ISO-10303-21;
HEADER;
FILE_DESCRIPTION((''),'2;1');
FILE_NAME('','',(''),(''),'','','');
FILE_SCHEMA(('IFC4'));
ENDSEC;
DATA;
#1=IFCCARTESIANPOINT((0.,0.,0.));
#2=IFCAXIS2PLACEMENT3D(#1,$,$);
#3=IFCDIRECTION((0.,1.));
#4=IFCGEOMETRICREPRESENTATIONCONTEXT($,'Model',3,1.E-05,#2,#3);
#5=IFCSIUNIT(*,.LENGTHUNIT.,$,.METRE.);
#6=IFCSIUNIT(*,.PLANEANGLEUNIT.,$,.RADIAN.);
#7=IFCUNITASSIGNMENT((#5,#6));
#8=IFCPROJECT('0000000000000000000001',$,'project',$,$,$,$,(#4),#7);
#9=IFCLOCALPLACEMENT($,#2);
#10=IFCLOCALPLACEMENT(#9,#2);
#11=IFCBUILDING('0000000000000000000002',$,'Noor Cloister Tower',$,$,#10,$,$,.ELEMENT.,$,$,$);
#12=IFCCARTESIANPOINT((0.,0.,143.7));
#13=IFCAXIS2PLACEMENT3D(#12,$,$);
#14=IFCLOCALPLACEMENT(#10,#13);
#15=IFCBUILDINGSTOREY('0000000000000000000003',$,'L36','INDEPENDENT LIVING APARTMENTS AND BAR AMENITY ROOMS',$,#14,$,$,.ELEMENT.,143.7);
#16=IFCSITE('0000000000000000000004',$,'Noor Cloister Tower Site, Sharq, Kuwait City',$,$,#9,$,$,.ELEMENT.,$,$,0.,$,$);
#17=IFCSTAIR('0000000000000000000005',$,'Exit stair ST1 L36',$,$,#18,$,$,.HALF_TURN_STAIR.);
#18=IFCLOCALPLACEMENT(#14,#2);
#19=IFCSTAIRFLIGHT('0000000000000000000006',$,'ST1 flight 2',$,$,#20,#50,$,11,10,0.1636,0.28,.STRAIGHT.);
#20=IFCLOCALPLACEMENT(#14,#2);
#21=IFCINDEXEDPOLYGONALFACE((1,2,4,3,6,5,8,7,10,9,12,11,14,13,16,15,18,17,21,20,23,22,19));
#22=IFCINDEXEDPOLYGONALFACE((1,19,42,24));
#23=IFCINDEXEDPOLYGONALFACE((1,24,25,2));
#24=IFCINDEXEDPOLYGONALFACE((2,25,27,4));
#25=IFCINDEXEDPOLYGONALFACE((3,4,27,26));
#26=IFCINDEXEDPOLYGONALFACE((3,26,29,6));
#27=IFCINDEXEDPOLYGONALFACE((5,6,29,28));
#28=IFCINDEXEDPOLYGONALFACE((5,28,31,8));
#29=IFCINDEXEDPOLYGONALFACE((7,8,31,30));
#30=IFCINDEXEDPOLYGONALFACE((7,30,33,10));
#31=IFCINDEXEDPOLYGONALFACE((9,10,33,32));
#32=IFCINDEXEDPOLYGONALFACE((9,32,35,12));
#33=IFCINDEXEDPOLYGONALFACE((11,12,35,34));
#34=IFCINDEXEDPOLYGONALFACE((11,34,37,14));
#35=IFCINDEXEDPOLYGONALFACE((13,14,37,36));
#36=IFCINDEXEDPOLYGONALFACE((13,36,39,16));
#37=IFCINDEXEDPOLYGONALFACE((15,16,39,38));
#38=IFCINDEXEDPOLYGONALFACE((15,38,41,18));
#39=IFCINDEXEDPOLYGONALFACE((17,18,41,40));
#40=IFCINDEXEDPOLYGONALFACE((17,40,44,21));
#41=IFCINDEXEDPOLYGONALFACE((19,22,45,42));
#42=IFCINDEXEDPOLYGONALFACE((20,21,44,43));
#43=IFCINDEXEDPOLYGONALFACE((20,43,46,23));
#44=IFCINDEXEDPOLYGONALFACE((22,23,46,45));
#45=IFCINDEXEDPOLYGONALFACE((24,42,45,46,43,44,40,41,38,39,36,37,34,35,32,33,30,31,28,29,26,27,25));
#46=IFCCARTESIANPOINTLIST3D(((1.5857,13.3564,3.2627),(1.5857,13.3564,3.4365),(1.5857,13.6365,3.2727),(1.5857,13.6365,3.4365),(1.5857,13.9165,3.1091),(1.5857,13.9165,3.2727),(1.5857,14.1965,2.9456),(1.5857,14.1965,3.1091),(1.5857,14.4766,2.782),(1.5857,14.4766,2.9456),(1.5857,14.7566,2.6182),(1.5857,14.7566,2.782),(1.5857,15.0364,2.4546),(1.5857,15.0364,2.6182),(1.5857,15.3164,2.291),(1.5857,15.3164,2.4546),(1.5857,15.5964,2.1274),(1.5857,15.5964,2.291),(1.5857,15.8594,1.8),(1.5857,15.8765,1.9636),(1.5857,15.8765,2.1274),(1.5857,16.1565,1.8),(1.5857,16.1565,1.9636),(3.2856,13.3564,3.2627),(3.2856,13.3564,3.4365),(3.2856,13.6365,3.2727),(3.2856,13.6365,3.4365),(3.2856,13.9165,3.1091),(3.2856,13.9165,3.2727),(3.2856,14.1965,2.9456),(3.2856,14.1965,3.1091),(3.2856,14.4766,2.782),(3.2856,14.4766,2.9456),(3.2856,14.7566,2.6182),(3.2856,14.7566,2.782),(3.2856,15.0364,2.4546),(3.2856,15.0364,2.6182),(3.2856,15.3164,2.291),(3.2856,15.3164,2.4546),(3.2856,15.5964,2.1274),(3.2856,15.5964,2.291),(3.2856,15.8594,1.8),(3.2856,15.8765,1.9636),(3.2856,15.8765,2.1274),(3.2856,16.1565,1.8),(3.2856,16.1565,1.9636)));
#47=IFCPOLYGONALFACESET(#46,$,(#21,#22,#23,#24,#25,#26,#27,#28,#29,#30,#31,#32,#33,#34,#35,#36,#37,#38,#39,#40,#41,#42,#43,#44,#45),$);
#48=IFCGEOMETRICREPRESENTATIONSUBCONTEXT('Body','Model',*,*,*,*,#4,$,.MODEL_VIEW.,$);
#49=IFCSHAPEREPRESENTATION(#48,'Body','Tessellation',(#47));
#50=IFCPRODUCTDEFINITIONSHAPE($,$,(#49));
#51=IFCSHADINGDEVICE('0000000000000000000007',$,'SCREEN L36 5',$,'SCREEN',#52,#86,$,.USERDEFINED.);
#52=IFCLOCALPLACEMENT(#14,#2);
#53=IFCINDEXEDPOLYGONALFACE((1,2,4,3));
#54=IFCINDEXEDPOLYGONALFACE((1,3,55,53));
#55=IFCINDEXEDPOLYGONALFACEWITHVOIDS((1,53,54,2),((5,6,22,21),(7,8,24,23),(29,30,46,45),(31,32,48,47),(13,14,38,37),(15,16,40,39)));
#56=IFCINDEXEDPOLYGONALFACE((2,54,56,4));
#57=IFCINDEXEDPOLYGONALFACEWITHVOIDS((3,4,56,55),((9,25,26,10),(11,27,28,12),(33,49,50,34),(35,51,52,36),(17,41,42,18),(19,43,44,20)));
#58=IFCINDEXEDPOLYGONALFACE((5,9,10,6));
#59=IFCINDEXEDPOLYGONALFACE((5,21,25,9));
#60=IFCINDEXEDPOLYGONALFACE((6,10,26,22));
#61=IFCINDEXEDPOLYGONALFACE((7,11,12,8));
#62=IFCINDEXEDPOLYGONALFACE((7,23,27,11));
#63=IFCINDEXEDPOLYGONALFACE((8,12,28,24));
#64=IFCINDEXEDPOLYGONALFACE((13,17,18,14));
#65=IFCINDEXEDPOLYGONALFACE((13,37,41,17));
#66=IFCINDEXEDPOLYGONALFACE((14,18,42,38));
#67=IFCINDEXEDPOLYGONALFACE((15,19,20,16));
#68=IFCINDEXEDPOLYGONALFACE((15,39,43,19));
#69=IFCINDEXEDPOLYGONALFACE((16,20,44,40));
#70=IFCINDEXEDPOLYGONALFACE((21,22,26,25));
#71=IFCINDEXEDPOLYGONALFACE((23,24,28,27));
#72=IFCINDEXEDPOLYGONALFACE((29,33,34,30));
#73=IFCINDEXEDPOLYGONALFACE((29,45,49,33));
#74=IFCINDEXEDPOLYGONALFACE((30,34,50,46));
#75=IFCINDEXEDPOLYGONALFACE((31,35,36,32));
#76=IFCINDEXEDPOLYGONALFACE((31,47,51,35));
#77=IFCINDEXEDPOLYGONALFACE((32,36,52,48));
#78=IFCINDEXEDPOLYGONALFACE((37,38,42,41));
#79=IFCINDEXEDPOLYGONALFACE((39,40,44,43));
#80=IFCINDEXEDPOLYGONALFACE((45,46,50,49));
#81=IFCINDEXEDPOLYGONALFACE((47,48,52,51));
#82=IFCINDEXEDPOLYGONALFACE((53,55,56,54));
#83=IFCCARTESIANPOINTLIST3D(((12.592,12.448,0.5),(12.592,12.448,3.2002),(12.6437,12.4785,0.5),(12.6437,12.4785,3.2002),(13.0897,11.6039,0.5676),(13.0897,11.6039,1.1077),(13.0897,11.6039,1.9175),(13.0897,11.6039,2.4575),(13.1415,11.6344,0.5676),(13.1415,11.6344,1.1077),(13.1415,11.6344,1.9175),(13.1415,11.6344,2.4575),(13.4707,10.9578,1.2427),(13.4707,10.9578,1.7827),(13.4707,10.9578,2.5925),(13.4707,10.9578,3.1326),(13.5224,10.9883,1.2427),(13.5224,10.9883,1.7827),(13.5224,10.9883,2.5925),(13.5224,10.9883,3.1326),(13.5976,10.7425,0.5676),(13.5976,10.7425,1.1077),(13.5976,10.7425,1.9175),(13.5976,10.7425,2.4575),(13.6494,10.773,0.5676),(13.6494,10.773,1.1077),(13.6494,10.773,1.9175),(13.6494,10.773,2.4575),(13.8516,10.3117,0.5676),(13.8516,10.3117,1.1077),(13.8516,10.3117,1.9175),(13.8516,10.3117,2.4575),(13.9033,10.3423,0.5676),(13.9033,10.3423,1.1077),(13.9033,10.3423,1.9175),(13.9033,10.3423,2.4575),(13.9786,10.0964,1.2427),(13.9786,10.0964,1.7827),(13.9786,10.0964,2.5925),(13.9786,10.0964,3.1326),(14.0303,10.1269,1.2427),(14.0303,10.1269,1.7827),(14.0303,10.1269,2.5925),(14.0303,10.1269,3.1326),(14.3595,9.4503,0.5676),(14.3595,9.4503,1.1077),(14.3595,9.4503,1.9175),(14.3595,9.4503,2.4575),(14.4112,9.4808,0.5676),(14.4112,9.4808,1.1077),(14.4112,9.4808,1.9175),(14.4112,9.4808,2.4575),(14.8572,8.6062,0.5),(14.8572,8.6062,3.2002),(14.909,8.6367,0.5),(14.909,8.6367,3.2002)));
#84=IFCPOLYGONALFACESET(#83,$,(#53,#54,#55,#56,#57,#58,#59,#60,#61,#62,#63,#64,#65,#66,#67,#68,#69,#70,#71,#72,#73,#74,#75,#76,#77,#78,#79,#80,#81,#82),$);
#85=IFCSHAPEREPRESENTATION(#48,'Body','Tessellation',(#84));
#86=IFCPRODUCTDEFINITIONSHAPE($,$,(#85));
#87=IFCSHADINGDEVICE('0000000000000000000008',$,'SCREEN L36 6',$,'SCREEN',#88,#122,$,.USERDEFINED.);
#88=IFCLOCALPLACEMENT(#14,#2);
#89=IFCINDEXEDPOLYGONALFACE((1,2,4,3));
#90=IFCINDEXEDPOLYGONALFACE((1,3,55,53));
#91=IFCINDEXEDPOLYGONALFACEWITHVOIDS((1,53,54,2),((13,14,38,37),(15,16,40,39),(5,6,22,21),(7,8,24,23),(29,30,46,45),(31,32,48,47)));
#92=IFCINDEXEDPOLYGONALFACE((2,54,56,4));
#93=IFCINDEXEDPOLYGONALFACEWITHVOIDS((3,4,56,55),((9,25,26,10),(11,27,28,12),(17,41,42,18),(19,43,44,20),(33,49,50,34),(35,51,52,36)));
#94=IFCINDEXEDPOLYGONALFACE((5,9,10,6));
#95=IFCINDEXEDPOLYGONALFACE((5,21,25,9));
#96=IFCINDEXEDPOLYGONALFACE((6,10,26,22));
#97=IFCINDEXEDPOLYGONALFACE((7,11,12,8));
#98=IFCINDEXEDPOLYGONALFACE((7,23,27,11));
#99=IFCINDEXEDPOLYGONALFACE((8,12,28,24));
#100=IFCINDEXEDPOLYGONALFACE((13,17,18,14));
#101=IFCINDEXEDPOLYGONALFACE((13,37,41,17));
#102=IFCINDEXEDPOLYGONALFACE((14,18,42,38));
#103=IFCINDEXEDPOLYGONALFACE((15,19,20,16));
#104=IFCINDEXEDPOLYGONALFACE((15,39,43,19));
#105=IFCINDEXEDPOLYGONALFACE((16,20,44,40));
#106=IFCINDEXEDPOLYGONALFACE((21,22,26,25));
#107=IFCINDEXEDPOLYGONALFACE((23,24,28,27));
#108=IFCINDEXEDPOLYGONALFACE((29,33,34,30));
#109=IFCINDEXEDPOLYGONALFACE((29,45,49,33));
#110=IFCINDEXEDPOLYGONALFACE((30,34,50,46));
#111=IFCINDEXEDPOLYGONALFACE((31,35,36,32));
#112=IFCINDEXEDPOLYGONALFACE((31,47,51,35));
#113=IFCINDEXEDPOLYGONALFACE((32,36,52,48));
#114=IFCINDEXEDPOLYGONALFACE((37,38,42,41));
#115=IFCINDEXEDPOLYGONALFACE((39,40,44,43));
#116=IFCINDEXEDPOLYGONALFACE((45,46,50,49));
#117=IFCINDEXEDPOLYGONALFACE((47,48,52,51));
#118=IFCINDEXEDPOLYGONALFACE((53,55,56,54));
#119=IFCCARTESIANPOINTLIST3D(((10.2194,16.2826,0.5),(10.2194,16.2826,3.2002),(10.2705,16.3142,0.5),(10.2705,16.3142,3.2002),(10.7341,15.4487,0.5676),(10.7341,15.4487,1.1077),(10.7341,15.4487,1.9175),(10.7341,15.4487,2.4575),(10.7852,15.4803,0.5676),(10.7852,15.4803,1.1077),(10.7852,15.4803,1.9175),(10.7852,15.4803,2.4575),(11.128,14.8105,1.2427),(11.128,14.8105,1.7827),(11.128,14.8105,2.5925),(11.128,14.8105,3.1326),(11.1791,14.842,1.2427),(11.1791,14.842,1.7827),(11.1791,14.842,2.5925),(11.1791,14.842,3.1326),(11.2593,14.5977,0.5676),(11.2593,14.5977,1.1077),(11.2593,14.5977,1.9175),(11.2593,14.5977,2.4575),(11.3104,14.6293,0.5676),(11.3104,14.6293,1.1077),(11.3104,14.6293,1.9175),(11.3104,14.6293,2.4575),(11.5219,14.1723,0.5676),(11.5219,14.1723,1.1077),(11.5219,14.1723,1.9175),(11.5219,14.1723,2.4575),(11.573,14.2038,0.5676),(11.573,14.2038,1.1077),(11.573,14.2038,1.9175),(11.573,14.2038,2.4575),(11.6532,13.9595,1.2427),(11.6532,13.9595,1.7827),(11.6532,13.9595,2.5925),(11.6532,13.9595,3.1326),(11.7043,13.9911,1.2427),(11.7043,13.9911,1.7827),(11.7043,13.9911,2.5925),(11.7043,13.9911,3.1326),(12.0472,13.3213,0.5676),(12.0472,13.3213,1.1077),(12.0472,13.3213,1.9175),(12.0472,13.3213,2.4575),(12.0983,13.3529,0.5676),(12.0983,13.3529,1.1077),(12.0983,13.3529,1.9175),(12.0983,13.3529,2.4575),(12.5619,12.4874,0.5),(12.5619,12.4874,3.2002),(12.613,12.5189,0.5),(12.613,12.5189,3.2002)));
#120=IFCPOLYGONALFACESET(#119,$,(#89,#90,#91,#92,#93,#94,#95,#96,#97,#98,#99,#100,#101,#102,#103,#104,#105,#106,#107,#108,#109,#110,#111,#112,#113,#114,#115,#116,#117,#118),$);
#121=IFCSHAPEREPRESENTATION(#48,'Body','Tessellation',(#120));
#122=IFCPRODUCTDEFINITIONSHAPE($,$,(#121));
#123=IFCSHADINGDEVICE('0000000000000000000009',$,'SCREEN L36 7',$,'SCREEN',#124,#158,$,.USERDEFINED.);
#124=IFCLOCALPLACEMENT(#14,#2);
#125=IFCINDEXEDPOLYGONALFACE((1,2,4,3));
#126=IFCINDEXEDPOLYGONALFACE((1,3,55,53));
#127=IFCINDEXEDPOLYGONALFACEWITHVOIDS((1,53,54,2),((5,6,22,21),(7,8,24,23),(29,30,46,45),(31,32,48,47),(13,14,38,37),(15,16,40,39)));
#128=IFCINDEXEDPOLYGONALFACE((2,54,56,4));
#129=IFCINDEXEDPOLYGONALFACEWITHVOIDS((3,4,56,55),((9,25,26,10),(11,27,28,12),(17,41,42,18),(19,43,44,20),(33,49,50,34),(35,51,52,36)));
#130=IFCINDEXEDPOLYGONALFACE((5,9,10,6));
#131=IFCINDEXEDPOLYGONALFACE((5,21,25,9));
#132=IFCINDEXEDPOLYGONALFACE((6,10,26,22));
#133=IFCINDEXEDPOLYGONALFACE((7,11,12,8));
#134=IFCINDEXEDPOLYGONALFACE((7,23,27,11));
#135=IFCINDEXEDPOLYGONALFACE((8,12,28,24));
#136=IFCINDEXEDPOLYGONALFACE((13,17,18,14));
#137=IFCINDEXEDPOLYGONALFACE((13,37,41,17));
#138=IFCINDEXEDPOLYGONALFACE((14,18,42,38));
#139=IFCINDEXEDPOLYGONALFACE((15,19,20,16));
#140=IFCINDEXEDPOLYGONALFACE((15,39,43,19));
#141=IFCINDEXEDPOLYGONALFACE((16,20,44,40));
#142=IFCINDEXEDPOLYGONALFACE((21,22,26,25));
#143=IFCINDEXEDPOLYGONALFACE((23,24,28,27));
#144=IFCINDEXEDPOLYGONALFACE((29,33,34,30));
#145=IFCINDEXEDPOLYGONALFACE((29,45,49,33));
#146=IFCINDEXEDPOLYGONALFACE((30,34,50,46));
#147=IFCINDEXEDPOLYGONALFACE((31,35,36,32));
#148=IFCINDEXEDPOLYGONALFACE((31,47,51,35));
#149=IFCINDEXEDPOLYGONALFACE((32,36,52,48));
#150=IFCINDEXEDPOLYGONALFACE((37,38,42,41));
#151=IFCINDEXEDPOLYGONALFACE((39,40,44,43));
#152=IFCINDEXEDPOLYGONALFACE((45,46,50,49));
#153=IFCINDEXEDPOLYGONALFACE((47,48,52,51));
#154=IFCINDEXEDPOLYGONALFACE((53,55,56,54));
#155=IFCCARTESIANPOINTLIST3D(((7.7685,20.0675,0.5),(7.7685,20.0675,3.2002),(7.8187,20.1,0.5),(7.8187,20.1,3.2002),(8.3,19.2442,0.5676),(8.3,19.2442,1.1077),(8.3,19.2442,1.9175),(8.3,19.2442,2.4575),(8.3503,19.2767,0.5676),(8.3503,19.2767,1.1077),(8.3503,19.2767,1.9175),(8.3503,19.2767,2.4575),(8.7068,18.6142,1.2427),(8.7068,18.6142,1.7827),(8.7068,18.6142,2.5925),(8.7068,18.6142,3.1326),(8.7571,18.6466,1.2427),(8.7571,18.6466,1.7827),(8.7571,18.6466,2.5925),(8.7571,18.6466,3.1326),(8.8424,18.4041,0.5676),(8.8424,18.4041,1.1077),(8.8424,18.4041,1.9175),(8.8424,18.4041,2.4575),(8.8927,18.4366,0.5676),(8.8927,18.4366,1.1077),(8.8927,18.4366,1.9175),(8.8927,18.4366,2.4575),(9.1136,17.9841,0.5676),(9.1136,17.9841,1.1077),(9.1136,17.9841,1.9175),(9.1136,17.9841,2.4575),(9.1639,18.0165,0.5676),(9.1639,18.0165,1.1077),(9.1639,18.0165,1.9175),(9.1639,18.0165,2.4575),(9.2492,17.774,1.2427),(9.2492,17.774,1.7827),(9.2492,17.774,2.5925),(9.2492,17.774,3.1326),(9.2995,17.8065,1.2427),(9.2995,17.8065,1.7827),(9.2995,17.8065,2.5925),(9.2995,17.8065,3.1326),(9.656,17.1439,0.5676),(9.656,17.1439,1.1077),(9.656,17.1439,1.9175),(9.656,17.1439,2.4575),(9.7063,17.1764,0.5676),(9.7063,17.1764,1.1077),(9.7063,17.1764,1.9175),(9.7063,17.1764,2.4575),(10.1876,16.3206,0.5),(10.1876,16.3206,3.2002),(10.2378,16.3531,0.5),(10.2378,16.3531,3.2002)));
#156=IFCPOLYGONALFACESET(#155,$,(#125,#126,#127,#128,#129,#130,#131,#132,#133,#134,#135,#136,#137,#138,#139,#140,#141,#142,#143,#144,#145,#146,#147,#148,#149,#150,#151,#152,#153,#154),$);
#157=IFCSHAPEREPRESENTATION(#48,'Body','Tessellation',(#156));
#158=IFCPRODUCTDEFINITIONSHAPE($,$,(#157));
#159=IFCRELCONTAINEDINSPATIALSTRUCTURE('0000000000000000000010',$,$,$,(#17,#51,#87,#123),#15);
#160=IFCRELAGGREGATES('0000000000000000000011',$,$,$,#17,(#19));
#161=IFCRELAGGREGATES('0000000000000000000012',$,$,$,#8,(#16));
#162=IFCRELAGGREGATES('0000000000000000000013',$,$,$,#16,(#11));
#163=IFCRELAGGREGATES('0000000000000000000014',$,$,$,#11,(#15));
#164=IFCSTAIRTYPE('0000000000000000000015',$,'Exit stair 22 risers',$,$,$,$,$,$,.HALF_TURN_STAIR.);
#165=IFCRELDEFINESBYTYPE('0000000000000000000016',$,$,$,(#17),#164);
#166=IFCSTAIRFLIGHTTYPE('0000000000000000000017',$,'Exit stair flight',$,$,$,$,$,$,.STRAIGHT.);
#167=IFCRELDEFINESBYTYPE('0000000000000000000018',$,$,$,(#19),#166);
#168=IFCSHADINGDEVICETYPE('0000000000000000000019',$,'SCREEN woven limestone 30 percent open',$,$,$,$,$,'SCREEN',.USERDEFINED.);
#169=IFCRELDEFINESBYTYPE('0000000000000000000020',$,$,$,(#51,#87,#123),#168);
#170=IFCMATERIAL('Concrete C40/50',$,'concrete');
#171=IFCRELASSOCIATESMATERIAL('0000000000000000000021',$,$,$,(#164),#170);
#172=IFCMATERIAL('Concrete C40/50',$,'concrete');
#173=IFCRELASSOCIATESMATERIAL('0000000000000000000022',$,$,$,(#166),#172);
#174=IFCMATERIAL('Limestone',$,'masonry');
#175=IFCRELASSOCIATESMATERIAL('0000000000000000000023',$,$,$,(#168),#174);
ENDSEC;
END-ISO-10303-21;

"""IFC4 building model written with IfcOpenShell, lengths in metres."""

from ifc_helpers import new_model, si_unit, direction, frame, origin, place, context, subcontext, project, spatial, polyline, outline, extrude, material, material_profile, profile_set, type_object, element, aggregate, save


model = new_model("IFC4")

# Units and contexts
model_context = context("Model", 3, precision=1e-05, world=origin(), true_north=direction((0.0, 1.0)))
body_context = subcontext(model_context, "Body", "Model", "MODEL_VIEW")
ifc_project = project(units=[si_unit("LENGTHUNIT", "METRE"), si_unit("PLANEANGLEUNIT", "RADIAN")], contexts=[model_context])

# Site, building, storey
site_placement = place(None, origin())
site = spatial("IfcSite", under=ifc_project, at=site_placement, Name="Noor Cloister Tower Site, Sharq, Kuwait City", CompositionType="ELEMENT", RefElevation=0.0)
building_placement = place(site_placement, origin())
building = spatial("IfcBuilding", under=site, at=building_placement, Name="Noor Cloister Tower", CompositionType="ELEMENT")
storey_placement = place(building_placement, frame((0.0, 0.0, 143.7)))
storey = spatial("IfcBuildingStorey", under=building, at=storey_placement, Name="L36", Description="INDEPENDENT LIVING APARTMENTS AND BAR AMENITY ROOMS", CompositionType="ELEMENT", Elevation=143.7)

# Stair, stair flight
ifc_material_1 = material(Name="Concrete C40/50", Category="concrete")
stair_type = type_object("IfcStairType", Name="Exit stair 22 risers", PredefinedType="HALF_TURN_STAIR", material=ifc_material_1)
stair_placement = place(storey_placement, origin())
stair = element("IfcStair", 1, at=stair_placement, inside=storey, type_object=stair_type, Name="Exit stair ST1 L36", PredefinedType="HALF_TURN_STAIR")
ifc_material_2 = material(Name="Concrete C40/50", Category="concrete")
stair_flight_type = type_object("IfcStairFlightType", Name="Exit stair flight", PredefinedType="STRAIGHT", material=ifc_material_2)
stair_flight_1_placement = place(storey_placement, frame((2.4355, 16.1565, 1.8), z_axis=(0.0, 0.0, 1.0), x_axis=(0.0, -1.0, 0.0)))
stair_flight_1 = element("IfcStairFlight", 2, at=stair_flight_1_placement, type_object=stair_flight_type, Name="ST1 flight 2", NumberOfRisers=11, NumberOfTreads=10, PredefinedType="STRAIGHT", RiserHeight=0.1636, TreadLength=0.28, context=body_context, shape_type="SweptSolid", body=[
    extrude(outline(polyline([(0.0, 0.0), (0.0, 0.1636), (0.28, 0.1636), (0.28, 0.3274), (0.5601, 0.3274), (0.5601, 0.491), (0.8401, 0.491), (0.8401, 0.6545), (1.1201, 0.6545), (1.1201, 0.8181), (1.3999, 0.8181), (1.3999, 0.9819), (1.6799, 0.9819), (1.6799, 1.1455), (1.96, 1.1455), (1.96, 1.3091), (2.24, 1.3091), (2.24, 1.4727), (2.52, 1.4727), (2.52, 1.6365), (2.8, 1.6365), (2.8, 1.8), (2.8, 1.4626), (0.2971, 0.0), (0.0, 0.0)])), frame((0.0, 0.8501, 0.0), z_axis=(0.0, -1.0, 0.0), x_axis=(1.0, 0.0, 0.0)), (0.0, 0.0, 1.0), 1.7),
])
aggregate(stair, [stair_flight_1])

# Shading devices
ifc_material_3 = material(Name="Limestone", Category="masonry")
ifc_material_profile_1 = material_profile(ifc_material_3, outline(polyline([(-2.23, -1.3501), (2.23, -1.3501), (2.23, 1.3501), (-2.23, 1.3501), (-2.23, -1.3501)]), holes=[polyline([(-1.25, -1.2825), (-0.25, -1.2825), (-0.25, -0.7424), (-1.25, -0.7424), (-1.25, -1.2825)]), polyline([(0.25, -1.2825), (1.25, -1.2825), (1.25, -0.7424), (0.25, -0.7424), (0.25, -1.2825)]), polyline([(-0.5, -0.6074), (0.5, -0.6074), (0.5, -0.0674), (-0.5, -0.0674), (-0.5, -0.6074)]), polyline([(-1.25, 0.0674), (-0.25, 0.0674), (-0.25, 0.6074), (-1.25, 0.6074), (-1.25, 0.0674)]), polyline([(0.25, 0.0674), (1.25, 0.0674), (1.25, 0.6074), (0.25, 0.6074), (0.25, 0.0674)]), polyline([(-0.5, 0.7424), (0.5, 0.7424), (0.5, 1.2825), (-0.5, 1.2825), (-0.5, 0.7424)])]), Name="Woven screen 30 percent open")
ifc_profile_set_1 = profile_set([ifc_material_profile_1], Name="Limestone")
shading_device_type = type_object("IfcShadingDeviceType", Name="SCREEN woven limestone 30 percent open", ElementType="SCREEN", PredefinedType="USERDEFINED", material=ifc_profile_set_1)
for number, where, z_axis, x_axis, name in (
    (3, (13.7246, 10.5271, 1.8501), (0.861411, 0.507908, 0.0), (-0.507908, 0.861411, 0.0), "SCREEN L36 5"),
    (4, (11.3906, 14.385, 1.8501), (0.850959, 0.525233, 0.0), (-0.525233, 0.850959, 0.0), "SCREEN L36 6"),
):
    element("IfcShadingDevice", number, at=place(storey_placement, frame(where, z_axis=z_axis, x_axis=x_axis)), inside=storey, type_object=shading_device_type, Name=name, ObjectType="SCREEN", PredefinedType="USERDEFINED", context=body_context, shape_type="SweptSolid", body=[
        extrude(outline(polyline([(-2.23, -1.3501), (2.23, -1.3501), (2.23, 1.3501), (-2.23, 1.3501), (-2.23, -1.3501)]), holes=[polyline([(-1.25, -1.2825), (-0.25, -1.2825), (-0.25, -0.7424), (-1.25, -0.7424), (-1.25, -1.2825)]), polyline([(0.25, -1.2825), (1.25, -1.2825), (1.25, -0.7424), (0.25, -0.7424), (0.25, -1.2825)]), polyline([(-0.5, -0.6074), (0.5, -0.6074), (0.5, -0.0674), (-0.5, -0.0674), (-0.5, -0.6074)]), polyline([(-1.25, 0.0674), (-0.25, 0.0674), (-0.25, 0.6074), (-1.25, 0.6074), (-1.25, 0.0674)]), polyline([(0.25, 0.0674), (1.25, 0.0674), (1.25, 0.6074), (0.25, 0.6074), (0.25, 0.0674)]), polyline([(-0.5, 0.7424), (0.5, 0.7424), (0.5, 1.2825), (-0.5, 1.2825), (-0.5, 0.7424)])]), origin(), (0.0, 0.0, 1.0), 0.0601),
    ])
for number, where, z_axis, x_axis, name in (
    (5, (8.978, 18.1941, 1.8501), (0.840117, 0.542406, 0.0), (-0.542406, 0.840117, 0.0), "SCREEN L36 7"),
):
    element("IfcShadingDevice", number, at=place(storey_placement, frame(where, z_axis=z_axis, x_axis=x_axis)), inside=storey, type_object=shading_device_type, Name=name, ObjectType="SCREEN", PredefinedType="USERDEFINED", context=body_context, shape_type="SweptSolid", body=[
        extrude(outline(polyline([(-2.23, -1.3501), (2.23, -1.3501), (2.23, 1.3501), (-2.23, 1.3501), (-2.23, -1.3501)]), holes=[polyline([(-1.25, -1.2825), (-0.25, -1.2825), (-0.25, -0.7424), (-1.25, -0.7424), (-1.25, -1.2825)]), polyline([(0.25, -1.2825), (1.25, -1.2825), (1.25, -0.7424), (0.25, -0.7424), (0.25, -1.2825)]), polyline([(-0.5, -0.6074), (0.5, -0.6074), (0.5, -0.0674), (-0.5, -0.0674), (-0.5, -0.6074)]), polyline([(-1.25, 0.0674), (-0.25, 0.0674), (-0.25, 0.6074), (-1.25, 0.6074), (-1.25, 0.0674)]), polyline([(0.25, 0.0674), (1.25, 0.0674), (1.25, 0.6074), (0.25, 0.6074), (0.25, 0.0674)]), polyline([(-0.5, 0.7424), (0.5, 0.7424), (0.5, 1.2825), (-0.5, 1.2825), (-0.5, 0.7424)])]), origin(), (0.0, 0.0, 1.0), 0.0598),
    ])

save(model, "model.ifc")
